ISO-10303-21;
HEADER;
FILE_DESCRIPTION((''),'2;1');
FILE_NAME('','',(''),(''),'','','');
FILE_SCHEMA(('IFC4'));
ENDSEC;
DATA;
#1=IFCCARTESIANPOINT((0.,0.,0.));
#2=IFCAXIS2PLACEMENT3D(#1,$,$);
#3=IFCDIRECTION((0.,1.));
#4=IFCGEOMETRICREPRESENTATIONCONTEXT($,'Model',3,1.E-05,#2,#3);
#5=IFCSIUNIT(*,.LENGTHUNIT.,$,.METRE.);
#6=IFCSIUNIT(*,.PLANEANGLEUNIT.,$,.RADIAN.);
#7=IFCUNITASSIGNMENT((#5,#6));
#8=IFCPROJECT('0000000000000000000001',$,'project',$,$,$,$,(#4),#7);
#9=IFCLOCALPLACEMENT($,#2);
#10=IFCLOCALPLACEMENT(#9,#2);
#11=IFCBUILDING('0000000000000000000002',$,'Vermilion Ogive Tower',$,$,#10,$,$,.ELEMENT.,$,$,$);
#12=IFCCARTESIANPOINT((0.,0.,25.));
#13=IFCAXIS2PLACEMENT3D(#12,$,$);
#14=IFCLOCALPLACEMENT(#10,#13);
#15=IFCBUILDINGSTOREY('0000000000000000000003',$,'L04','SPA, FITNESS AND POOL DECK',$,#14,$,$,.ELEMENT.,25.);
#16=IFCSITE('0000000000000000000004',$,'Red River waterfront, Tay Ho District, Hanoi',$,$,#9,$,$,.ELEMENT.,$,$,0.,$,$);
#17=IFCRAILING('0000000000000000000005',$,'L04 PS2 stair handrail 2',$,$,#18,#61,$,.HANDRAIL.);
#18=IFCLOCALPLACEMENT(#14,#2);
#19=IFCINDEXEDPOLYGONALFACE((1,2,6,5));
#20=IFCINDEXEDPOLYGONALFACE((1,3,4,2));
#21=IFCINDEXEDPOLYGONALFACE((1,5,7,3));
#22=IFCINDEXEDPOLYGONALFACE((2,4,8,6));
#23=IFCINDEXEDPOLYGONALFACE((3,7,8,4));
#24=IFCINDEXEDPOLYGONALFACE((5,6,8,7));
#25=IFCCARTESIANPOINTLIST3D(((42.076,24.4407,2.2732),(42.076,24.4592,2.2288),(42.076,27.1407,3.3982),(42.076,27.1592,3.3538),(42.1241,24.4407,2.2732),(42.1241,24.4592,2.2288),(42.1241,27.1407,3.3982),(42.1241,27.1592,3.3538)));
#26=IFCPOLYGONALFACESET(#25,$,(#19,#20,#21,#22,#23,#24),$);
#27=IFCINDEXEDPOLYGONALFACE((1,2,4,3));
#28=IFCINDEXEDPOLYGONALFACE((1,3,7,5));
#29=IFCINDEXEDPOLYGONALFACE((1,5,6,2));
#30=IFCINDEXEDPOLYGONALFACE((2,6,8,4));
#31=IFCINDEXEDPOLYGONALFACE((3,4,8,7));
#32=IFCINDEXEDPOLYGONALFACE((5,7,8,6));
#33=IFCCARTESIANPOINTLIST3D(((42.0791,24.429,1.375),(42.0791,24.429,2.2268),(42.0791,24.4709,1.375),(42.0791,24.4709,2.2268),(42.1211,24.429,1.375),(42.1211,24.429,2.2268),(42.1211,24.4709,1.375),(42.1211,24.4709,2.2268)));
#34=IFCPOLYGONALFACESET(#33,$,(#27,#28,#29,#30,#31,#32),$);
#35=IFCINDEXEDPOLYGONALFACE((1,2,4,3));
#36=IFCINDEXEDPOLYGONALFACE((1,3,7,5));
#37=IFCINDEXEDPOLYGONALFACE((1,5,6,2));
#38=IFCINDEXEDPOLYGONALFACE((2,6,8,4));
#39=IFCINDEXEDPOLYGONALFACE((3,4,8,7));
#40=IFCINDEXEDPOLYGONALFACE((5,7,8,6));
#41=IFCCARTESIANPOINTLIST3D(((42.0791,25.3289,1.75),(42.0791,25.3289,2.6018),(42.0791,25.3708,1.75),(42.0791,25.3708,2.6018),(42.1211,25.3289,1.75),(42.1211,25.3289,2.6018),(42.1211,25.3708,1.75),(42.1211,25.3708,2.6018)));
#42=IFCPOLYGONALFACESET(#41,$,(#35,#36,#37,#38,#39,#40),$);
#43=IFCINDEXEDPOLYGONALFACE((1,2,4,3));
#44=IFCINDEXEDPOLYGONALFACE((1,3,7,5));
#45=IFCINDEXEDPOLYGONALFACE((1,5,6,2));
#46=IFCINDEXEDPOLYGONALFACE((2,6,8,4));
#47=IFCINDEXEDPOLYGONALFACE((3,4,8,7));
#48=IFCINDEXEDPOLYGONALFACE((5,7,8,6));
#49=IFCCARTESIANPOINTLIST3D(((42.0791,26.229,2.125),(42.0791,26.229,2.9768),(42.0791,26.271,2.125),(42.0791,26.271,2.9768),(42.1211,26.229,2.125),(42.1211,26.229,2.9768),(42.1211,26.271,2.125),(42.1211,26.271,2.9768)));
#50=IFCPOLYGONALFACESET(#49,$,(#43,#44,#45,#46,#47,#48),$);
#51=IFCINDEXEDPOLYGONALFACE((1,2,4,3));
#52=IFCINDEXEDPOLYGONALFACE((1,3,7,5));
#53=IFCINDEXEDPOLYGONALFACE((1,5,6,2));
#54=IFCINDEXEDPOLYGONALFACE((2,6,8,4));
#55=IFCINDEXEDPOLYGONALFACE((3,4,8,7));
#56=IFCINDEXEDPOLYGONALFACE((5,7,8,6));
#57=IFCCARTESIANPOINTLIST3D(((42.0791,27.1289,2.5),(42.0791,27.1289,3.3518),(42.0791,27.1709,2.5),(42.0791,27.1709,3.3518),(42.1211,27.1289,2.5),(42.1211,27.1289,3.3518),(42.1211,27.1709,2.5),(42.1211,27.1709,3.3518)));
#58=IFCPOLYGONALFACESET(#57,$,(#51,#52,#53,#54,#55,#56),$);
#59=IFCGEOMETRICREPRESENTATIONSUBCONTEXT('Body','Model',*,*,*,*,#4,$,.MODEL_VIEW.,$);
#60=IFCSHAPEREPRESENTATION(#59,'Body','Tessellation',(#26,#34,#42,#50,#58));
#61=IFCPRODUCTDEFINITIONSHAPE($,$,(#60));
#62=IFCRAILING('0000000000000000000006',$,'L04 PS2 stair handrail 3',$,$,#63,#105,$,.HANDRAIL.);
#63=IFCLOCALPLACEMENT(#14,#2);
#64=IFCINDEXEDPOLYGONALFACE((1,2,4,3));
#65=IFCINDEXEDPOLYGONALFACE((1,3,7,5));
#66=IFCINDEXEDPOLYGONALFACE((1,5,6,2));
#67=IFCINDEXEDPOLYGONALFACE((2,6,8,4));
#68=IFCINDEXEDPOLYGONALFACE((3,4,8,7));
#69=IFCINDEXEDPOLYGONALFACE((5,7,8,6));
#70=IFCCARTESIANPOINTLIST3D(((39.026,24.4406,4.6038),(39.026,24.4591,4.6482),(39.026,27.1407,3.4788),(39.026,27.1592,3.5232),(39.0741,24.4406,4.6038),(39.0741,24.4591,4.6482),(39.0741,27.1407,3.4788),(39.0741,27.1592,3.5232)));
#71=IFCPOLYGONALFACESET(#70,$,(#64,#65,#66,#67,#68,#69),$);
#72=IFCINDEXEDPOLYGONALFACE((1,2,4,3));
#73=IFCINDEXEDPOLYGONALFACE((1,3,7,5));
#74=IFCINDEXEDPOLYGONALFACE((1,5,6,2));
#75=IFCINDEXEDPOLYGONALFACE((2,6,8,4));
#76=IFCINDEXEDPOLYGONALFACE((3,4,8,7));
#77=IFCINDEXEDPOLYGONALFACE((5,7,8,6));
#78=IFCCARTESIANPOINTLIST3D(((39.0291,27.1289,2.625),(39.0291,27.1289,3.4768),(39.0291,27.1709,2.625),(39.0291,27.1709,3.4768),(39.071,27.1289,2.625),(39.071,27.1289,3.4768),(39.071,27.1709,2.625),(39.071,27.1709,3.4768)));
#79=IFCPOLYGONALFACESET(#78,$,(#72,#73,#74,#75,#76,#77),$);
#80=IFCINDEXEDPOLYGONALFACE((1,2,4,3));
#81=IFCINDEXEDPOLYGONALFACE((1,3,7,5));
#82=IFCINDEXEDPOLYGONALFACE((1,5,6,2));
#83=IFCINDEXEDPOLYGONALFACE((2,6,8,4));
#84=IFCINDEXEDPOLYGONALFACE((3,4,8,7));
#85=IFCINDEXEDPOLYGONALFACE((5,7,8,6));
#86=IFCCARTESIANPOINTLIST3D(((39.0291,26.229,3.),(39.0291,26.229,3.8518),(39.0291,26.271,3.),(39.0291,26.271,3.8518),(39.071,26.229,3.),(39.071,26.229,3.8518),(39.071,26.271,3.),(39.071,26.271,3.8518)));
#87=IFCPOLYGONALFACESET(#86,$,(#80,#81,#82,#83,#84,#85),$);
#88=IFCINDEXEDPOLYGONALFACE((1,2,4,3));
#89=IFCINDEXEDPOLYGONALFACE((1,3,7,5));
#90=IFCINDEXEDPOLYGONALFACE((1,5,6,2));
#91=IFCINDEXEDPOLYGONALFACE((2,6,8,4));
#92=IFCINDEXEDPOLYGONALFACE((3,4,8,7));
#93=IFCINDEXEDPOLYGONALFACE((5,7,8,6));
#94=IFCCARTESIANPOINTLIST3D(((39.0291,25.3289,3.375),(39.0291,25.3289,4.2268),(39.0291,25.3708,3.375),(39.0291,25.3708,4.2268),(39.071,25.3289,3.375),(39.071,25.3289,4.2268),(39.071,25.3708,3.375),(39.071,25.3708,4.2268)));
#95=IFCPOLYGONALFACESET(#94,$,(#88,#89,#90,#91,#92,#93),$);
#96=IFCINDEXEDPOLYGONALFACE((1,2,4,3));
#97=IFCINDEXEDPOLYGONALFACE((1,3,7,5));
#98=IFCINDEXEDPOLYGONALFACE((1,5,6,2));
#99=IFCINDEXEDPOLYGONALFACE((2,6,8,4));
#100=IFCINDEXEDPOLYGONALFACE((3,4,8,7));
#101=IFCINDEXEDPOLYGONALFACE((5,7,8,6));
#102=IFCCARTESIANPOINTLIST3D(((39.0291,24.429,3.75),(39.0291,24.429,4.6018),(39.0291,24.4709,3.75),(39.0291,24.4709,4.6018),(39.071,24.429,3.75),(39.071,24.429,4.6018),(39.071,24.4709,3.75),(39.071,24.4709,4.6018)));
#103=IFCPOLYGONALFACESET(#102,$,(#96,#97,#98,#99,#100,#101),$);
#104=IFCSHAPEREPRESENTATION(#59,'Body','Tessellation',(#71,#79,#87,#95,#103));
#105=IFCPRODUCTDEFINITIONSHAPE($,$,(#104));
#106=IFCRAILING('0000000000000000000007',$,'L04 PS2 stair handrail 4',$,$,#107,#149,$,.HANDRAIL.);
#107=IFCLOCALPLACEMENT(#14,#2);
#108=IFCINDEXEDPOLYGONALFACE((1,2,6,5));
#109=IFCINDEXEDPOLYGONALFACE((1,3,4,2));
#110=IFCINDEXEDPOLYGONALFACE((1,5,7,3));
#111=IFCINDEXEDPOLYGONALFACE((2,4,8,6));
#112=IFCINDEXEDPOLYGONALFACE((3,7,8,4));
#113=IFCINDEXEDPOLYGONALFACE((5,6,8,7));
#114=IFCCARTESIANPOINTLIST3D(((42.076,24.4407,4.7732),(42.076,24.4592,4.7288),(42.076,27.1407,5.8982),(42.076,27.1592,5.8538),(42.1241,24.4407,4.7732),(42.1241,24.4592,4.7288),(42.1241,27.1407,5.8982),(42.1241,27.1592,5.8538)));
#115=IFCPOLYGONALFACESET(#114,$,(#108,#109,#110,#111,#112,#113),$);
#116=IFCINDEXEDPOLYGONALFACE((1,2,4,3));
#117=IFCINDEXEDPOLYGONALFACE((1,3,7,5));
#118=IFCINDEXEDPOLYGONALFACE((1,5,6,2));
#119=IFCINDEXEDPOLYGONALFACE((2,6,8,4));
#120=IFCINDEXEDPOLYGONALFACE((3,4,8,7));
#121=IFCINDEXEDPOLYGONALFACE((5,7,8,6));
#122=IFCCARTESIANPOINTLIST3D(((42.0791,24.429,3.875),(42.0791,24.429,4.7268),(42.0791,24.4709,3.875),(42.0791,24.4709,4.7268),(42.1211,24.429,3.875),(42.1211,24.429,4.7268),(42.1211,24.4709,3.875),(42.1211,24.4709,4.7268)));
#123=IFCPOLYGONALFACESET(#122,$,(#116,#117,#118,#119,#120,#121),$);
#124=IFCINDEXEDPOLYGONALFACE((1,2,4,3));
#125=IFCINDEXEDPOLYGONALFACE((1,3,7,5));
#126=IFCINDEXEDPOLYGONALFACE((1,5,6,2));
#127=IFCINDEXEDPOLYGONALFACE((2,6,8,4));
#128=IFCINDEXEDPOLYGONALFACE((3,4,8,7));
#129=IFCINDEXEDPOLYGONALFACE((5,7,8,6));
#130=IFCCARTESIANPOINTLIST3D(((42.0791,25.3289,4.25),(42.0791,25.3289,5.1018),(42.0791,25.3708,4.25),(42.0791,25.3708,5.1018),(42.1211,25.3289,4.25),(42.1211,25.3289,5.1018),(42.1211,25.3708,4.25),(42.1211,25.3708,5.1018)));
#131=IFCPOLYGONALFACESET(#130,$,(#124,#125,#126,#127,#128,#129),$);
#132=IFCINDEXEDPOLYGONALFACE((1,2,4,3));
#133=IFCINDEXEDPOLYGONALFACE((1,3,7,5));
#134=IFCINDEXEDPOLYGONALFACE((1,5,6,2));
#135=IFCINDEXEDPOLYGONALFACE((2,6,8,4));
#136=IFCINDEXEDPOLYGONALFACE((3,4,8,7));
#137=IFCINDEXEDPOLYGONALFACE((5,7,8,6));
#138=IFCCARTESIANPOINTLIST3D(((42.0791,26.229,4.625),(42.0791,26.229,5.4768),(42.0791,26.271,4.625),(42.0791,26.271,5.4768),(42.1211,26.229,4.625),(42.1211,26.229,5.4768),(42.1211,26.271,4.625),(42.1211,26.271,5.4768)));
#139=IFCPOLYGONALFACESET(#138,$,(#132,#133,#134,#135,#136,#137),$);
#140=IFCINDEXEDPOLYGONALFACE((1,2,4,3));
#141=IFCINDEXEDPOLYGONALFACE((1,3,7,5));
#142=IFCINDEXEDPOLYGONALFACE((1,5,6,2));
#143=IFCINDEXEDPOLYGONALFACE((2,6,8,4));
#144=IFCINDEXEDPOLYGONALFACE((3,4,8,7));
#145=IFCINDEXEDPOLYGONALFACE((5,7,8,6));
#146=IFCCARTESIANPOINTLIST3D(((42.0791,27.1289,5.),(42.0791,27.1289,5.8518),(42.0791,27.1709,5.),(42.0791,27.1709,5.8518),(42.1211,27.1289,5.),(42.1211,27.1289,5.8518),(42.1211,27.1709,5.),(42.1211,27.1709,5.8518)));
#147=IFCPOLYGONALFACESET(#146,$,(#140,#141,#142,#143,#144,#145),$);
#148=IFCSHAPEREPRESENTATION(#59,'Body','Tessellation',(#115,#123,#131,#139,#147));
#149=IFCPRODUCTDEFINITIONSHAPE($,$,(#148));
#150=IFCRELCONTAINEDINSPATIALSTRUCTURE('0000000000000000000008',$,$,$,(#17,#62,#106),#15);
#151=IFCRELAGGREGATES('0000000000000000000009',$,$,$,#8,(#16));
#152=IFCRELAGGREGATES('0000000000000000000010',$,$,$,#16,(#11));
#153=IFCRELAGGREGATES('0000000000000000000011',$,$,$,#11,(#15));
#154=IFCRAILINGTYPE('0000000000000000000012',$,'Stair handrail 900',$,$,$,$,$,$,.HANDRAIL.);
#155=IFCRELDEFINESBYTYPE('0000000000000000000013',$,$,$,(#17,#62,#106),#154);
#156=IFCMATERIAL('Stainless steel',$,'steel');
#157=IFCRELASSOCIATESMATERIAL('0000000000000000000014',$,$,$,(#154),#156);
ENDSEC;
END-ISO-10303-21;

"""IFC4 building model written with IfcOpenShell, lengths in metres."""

from ifc_helpers import new_model, si_unit, direction, frame, origin, origin_2d, place, context, subcontext, project, spatial, rectangle, extrude, material, type_object, element, save


model = new_model("IFC4")

# Units and contexts
model_context = context("Model", 3, precision=1e-05, world=origin(), true_north=direction((0.0, 1.0)))
body_context = subcontext(model_context, "Body", "Model", "MODEL_VIEW")
ifc_project = project(units=[si_unit("LENGTHUNIT", "METRE"), si_unit("PLANEANGLEUNIT", "RADIAN")], contexts=[model_context])

# Site, building, storey
site_placement = place(None, origin())
site = spatial("IfcSite", under=ifc_project, at=site_placement, Name="Red River waterfront, Tay Ho District, Hanoi", CompositionType="ELEMENT", RefElevation=0.0)
building_placement = place(site_placement, origin())
building = spatial("IfcBuilding", under=site, at=building_placement, Name="Vermilion Ogive Tower", CompositionType="ELEMENT")
storey_placement = place(building_placement, frame((0.0, 0.0, 25.0)))
storey = spatial("IfcBuildingStorey", under=building, at=storey_placement, Name="L04", Description="SPA, FITNESS AND POOL DECK", CompositionType="ELEMENT", Elevation=25.0)

# Railings
ifc_material_1 = material(Name="Stainless steel", Category="steel")
railing_type_1 = type_object("IfcRailingType", Name="Stair handrail 900", PredefinedType="HANDRAIL", material=ifc_material_1)
railing_1_placement = place(storey_placement, frame((42.1001, 24.45, 1.375)))
element("IfcRailing", 1, at=railing_1_placement, inside=storey, type_object=railing_type_1, Name="L04 PS2 stair handrail 2", PredefinedType="HANDRAIL", context=body_context, shape_type="SweptSolid", body=[
    extrude(rectangle(XDim=0.0481, YDim=0.0481, at=origin_2d()), frame((0.0, 0.0, 0.876), z_axis=(0.0, 0.923074, 0.384621), x_axis=(-1.0, 0.0, 0.0)), (0.0, 0.0, 1.0), 2.925),
    extrude(rectangle(XDim=0.042, YDim=0.042, at=origin_2d()), origin(), (0.0, 0.0, 1.0), 0.8518),
    extrude(rectangle(XDim=0.042, YDim=0.042, at=origin_2d()), frame((0.0, 0.8999, 0.375)), (0.0, 0.0, 1.0), 0.8518),
    extrude(rectangle(XDim=0.042, YDim=0.042, at=origin_2d()), frame((0.0, 1.8, 0.75)), (0.0, 0.0, 1.0), 0.8518),
    extrude(rectangle(XDim=0.042, YDim=0.042, at=origin_2d()), frame((0.0, 2.7, 1.125)), (0.0, 0.0, 1.0), 0.8518),
])
railing_2_placement = place(storey_placement, frame((39.05, 27.1499, 2.625)))
element("IfcRailing", 2, at=railing_2_placement, inside=storey, type_object=railing_type_1, Name="L04 PS2 stair handrail 3", PredefinedType="HANDRAIL", context=body_context, shape_type="SweptSolid", body=[
    extrude(rectangle(XDim=0.0481, YDim=0.0481, at=origin_2d()), frame((0.0, 0.0, 0.876), z_axis=(0.0, -0.923074, 0.384621), x_axis=(1.0, 0.0, 0.0)), (0.0, 0.0, 1.0), 2.925),
    extrude(rectangle(XDim=0.042, YDim=0.042, at=origin_2d()), origin(), (0.0, 0.0, 1.0), 0.8518),
    extrude(rectangle(XDim=0.042, YDim=0.042, at=origin_2d()), frame((0.0, -0.8999, 0.375)), (0.0, 0.0, 1.0), 0.8518),
    extrude(rectangle(XDim=0.042, YDim=0.042, at=origin_2d()), frame((0.0, -1.8, 0.75)), (0.0, 0.0, 1.0), 0.8518),
    extrude(rectangle(XDim=0.042, YDim=0.042, at=origin_2d()), frame((0.0, -2.7, 1.125)), (0.0, 0.0, 1.0), 0.8518),
])
railing_3_placement = place(storey_placement, frame((42.1001, 24.45, 3.875)))
element("IfcRailing", 3, at=railing_3_placement, inside=storey, type_object=railing_type_1, Name="L04 PS2 stair handrail 4", PredefinedType="HANDRAIL", context=body_context, shape_type="SweptSolid", body=[
    extrude(rectangle(XDim=0.0481, YDim=0.0481, at=origin_2d()), frame((0.0, 0.0, 0.876), z_axis=(0.0, 0.923074, 0.384621), x_axis=(-1.0, 0.0, 0.0)), (0.0, 0.0, 1.0), 2.925),
    extrude(rectangle(XDim=0.042, YDim=0.042, at=origin_2d()), origin(), (0.0, 0.0, 1.0), 0.8518),
    extrude(rectangle(XDim=0.042, YDim=0.042, at=origin_2d()), frame((0.0, 0.8999, 0.375)), (0.0, 0.0, 1.0), 0.8518),
    extrude(rectangle(XDim=0.042, YDim=0.042, at=origin_2d()), frame((0.0, 1.8, 0.75)), (0.0, 0.0, 1.0), 0.8518),
    extrude(rectangle(XDim=0.042, YDim=0.042, at=origin_2d()), frame((0.0, 2.7, 1.125)), (0.0, 0.0, 1.0), 0.8518),
])

save(model, "model.ifc")
